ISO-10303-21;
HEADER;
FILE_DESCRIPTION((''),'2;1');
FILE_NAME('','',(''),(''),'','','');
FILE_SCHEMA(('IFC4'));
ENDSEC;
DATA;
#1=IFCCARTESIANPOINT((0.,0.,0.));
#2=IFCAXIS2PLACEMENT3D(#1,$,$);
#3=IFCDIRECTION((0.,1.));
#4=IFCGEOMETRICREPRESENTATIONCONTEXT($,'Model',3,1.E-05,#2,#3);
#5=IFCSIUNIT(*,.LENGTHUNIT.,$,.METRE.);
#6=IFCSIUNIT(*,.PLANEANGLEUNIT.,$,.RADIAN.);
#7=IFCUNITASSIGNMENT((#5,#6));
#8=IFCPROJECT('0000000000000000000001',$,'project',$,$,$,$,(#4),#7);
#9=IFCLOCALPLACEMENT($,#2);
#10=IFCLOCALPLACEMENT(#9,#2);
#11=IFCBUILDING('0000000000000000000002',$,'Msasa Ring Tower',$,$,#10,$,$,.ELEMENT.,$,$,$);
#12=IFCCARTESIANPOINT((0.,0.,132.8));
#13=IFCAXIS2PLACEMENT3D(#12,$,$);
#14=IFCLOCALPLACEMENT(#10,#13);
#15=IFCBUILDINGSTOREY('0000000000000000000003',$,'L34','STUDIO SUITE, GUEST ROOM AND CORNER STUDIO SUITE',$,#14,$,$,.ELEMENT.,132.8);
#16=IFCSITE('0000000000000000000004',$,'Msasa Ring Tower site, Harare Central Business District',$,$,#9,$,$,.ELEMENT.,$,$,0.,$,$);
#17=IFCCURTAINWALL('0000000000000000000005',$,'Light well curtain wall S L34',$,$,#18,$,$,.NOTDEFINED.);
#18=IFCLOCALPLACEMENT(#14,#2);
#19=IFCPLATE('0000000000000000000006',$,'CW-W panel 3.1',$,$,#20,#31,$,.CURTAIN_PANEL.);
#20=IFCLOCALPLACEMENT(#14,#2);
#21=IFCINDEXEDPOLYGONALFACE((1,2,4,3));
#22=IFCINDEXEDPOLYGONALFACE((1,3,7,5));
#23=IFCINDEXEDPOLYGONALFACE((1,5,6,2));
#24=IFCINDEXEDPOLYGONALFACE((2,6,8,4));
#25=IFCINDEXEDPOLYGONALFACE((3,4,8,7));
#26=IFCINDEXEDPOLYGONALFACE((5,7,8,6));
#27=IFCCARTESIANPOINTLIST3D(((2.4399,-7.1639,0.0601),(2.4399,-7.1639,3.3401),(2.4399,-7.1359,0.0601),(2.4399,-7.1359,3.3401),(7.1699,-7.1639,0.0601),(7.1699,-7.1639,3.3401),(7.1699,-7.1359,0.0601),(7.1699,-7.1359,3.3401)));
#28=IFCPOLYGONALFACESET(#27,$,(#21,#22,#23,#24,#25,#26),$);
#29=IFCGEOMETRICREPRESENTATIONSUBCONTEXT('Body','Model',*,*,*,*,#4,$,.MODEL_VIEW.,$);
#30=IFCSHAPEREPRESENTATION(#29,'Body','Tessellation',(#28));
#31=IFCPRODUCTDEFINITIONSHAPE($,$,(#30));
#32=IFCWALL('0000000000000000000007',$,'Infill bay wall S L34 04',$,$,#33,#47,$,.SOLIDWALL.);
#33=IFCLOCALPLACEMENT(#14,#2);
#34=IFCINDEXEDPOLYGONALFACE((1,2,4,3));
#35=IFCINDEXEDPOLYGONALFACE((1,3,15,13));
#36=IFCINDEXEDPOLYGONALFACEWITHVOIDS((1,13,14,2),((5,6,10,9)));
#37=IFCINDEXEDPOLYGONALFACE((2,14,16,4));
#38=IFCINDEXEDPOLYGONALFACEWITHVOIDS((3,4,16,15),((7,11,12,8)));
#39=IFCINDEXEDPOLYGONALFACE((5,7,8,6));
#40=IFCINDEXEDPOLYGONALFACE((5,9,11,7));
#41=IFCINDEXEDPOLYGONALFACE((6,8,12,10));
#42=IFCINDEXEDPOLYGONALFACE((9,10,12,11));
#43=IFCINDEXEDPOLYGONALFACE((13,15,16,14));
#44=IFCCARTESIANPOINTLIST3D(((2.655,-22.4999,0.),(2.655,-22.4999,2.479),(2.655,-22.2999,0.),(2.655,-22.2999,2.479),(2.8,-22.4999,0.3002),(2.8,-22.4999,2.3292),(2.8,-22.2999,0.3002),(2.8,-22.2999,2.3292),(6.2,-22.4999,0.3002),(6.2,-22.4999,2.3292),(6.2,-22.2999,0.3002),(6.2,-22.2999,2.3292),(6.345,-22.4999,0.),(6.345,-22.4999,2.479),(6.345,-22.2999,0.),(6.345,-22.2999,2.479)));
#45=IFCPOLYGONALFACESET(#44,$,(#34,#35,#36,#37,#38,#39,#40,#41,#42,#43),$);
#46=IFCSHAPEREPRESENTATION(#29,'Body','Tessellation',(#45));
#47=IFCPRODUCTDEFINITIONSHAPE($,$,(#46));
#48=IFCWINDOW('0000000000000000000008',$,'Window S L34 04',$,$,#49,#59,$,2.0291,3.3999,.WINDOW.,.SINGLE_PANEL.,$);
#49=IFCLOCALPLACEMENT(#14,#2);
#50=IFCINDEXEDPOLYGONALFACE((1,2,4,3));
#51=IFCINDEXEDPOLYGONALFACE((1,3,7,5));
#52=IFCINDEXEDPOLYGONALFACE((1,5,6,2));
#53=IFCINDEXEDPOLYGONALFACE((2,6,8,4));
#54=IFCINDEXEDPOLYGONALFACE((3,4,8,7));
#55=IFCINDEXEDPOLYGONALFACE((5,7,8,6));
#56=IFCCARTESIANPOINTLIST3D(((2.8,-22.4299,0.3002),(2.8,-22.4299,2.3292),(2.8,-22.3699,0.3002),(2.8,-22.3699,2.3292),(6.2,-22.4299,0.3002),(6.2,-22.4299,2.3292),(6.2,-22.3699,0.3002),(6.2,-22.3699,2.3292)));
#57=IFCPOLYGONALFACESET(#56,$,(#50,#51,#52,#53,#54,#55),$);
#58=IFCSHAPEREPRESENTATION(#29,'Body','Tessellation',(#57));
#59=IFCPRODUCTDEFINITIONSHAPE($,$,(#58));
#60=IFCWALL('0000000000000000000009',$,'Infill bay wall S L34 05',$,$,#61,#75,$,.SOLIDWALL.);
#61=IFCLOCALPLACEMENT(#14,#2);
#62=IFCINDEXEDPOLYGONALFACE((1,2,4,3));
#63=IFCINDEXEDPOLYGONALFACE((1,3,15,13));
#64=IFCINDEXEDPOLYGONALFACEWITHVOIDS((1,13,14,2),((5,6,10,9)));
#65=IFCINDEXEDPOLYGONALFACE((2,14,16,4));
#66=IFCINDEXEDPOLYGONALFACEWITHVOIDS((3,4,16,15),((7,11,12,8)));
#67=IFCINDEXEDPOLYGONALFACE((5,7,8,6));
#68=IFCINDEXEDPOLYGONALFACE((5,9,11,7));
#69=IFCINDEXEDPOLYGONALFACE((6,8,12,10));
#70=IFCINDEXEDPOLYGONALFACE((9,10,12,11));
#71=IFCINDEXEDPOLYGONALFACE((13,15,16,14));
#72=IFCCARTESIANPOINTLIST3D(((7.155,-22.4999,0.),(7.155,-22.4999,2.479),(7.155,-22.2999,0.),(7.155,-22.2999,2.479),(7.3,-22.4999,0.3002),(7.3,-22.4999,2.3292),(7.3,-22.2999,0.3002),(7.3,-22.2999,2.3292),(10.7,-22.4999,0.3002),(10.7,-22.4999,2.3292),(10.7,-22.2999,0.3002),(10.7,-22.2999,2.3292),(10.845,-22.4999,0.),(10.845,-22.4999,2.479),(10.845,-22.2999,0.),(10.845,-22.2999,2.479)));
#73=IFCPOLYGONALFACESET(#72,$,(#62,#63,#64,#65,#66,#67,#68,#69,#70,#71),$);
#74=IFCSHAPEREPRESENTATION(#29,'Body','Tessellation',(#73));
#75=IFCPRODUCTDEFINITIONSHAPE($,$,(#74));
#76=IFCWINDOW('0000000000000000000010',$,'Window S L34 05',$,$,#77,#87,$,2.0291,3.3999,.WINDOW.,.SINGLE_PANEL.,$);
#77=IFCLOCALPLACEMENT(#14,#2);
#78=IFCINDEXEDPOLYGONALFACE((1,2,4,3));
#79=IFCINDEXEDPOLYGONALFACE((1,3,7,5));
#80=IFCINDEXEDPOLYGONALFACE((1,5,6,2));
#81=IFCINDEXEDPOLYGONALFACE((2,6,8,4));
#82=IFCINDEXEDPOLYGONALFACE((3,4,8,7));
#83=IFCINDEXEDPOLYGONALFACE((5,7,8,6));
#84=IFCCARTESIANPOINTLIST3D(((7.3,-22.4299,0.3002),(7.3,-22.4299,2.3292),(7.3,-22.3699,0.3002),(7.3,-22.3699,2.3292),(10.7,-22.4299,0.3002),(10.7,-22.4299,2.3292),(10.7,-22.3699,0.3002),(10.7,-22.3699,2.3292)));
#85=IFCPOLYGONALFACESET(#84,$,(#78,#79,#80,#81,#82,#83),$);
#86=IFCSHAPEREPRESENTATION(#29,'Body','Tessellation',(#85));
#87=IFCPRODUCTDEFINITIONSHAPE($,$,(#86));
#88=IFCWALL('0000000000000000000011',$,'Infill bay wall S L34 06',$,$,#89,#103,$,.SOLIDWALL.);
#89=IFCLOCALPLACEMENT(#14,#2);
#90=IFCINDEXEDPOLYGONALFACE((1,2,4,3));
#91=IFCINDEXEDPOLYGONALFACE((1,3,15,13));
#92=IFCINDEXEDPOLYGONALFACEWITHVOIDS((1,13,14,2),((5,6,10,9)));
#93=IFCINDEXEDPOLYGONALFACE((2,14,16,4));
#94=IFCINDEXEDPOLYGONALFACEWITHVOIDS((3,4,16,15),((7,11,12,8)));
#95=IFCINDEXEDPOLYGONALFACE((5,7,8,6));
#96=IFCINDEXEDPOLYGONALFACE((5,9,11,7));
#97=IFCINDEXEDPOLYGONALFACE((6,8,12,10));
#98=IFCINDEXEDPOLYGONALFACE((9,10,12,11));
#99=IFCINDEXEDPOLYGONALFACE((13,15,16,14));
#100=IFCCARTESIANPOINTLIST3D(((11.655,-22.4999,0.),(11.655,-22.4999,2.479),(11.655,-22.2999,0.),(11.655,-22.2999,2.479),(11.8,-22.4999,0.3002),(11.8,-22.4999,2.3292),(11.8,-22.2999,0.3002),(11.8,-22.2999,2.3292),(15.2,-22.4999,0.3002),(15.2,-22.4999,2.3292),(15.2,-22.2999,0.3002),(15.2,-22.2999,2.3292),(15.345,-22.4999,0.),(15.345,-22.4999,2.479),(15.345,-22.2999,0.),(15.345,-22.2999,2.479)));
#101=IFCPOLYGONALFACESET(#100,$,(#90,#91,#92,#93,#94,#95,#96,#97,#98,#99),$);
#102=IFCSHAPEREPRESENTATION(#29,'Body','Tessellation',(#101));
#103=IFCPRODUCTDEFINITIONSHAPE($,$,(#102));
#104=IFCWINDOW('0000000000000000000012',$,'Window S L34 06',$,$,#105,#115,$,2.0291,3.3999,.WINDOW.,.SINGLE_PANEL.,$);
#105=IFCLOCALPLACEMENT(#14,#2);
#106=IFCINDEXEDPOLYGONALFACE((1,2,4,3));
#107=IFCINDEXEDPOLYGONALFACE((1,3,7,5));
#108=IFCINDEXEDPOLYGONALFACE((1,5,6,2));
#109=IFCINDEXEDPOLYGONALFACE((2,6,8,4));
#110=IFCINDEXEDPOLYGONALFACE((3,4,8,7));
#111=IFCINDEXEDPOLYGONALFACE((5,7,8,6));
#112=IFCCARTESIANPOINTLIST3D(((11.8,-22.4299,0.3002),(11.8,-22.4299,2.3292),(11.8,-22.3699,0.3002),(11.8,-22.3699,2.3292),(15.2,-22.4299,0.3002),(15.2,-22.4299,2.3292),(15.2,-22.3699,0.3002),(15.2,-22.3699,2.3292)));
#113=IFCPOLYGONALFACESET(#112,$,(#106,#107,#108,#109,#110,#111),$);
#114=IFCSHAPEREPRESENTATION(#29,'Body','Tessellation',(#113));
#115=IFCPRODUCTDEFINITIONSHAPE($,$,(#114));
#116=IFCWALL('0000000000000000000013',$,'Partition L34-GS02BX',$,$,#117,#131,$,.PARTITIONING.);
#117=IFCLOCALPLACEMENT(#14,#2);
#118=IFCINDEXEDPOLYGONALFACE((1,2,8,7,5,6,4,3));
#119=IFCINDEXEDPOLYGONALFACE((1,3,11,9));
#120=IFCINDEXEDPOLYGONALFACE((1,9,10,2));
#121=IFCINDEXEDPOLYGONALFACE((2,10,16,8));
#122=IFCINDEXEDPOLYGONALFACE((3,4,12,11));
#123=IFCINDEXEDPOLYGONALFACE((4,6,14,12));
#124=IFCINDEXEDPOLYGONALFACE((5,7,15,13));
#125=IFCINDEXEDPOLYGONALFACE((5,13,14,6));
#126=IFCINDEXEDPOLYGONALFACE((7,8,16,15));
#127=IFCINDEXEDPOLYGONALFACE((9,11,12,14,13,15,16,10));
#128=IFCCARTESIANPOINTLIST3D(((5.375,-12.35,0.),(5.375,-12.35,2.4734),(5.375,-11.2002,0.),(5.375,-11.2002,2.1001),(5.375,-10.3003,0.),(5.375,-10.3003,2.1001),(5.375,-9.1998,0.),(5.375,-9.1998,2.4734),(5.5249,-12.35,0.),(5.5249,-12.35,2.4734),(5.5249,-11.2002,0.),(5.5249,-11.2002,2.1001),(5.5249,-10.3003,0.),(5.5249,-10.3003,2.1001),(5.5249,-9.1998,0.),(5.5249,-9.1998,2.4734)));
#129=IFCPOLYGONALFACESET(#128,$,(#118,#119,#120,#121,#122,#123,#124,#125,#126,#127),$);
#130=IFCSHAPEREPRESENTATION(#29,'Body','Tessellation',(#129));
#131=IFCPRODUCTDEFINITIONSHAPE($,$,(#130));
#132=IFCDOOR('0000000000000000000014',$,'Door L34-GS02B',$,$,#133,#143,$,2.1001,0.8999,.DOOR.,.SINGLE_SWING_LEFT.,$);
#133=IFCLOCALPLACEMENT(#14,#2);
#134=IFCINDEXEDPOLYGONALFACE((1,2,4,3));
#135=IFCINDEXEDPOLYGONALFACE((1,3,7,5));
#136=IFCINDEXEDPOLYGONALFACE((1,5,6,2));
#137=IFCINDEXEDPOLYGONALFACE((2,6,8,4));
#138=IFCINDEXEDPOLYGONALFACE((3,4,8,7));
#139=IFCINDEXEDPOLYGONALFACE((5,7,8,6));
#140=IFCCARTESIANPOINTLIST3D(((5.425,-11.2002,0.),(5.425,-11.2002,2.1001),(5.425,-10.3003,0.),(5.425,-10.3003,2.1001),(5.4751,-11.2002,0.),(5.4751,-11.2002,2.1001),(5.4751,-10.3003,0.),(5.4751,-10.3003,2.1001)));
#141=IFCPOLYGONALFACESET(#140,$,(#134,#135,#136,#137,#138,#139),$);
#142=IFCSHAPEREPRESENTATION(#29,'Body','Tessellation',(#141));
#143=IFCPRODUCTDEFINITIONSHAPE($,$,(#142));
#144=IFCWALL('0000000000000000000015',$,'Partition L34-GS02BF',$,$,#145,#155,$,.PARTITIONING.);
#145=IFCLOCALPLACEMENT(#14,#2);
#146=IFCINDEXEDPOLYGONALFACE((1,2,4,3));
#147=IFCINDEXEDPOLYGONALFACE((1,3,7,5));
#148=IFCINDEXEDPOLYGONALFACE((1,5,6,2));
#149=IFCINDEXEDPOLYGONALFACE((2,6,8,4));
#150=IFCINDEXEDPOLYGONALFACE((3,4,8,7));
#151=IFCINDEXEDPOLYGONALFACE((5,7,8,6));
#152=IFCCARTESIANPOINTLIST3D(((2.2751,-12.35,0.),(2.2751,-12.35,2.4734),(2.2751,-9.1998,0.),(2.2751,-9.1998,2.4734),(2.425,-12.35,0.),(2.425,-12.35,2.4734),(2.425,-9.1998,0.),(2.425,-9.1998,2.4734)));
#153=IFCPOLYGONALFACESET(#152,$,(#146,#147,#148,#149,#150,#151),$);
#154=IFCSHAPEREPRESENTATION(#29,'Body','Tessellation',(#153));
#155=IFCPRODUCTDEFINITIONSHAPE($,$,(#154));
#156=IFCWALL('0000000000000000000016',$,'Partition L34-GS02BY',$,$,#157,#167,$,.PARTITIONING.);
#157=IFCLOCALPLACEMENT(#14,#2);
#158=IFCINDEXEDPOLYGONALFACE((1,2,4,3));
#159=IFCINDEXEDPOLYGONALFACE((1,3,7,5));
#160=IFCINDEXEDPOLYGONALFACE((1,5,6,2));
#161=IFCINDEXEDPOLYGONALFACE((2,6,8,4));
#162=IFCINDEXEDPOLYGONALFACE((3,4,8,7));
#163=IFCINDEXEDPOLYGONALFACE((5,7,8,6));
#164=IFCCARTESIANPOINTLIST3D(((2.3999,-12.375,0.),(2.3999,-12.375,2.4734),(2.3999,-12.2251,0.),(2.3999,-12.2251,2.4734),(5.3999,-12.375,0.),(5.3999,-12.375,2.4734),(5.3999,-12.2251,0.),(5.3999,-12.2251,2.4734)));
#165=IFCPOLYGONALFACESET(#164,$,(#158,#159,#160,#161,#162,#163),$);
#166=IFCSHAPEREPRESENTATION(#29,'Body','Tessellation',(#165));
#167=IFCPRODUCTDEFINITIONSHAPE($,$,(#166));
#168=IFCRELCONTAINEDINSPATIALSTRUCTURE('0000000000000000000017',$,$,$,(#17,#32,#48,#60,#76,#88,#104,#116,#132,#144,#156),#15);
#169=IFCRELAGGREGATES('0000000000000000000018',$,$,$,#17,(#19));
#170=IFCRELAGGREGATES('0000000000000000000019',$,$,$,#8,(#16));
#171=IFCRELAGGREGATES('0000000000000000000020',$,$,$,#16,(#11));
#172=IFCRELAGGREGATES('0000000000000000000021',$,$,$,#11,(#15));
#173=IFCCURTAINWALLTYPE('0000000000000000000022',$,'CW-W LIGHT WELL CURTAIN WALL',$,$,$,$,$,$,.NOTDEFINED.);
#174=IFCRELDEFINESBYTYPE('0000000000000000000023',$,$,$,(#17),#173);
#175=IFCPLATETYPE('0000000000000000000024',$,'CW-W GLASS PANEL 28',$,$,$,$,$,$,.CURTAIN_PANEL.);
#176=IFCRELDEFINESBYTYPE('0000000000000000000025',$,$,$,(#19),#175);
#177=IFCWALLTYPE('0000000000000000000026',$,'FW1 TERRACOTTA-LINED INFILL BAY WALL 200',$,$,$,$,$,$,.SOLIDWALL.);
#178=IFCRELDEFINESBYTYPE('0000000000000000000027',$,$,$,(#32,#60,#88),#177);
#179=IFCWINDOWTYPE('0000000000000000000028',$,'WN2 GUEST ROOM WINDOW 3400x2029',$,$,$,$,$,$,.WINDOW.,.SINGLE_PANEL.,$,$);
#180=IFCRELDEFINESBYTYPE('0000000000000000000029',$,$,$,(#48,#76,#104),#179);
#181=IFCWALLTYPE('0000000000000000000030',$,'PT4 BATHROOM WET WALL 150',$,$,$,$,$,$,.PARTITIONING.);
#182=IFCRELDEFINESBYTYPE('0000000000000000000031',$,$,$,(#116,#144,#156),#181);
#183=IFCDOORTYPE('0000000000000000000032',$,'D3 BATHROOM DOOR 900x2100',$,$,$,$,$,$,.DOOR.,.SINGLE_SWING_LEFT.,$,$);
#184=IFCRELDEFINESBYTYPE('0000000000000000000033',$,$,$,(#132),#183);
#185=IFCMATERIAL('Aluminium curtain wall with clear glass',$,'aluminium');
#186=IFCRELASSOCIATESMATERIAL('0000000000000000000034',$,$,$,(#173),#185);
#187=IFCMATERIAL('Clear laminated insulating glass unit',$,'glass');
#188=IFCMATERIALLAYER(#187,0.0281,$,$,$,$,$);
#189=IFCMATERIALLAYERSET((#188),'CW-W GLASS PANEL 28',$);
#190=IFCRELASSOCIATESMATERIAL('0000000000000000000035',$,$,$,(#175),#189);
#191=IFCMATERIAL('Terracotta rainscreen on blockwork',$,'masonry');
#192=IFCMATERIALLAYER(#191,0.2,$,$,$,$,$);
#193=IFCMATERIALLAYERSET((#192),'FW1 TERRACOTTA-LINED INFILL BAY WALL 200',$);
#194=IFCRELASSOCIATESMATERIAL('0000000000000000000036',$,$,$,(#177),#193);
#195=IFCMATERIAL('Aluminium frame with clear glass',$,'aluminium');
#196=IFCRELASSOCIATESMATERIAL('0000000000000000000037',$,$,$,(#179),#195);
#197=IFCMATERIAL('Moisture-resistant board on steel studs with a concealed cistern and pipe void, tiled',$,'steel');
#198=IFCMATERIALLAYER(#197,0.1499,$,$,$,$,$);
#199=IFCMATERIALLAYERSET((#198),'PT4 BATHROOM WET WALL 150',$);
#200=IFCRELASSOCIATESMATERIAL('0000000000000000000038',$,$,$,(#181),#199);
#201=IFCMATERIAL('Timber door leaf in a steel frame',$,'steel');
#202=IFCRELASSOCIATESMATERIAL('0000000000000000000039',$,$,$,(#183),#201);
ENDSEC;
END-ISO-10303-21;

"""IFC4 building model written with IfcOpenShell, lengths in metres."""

from ifc_helpers import new_model, si_unit, direction, frame, frame_2d, origin, origin_2d, place, context, subcontext, project, spatial, rectangle, extrude, material, layer, layer_set, type_object, element, fill, aggregate, save


model = new_model("IFC4")

# Units and contexts
model_context = context("Model", 3, precision=1e-05, world=origin(), true_north=direction((0.0, 1.0)))
body_context = subcontext(model_context, "Body", "Model", "MODEL_VIEW")
ifc_project = project(units=[si_unit("LENGTHUNIT", "METRE"), si_unit("PLANEANGLEUNIT", "RADIAN")], contexts=[model_context])

# Site, building, storey
site_placement = place(None, origin())
site = spatial("IfcSite", under=ifc_project, at=site_placement, Name="Msasa Ring Tower site, Harare Central Business District", CompositionType="ELEMENT", RefElevation=0.0)
building_placement = place(site_placement, origin())
building = spatial("IfcBuilding", under=site, at=building_placement, Name="Msasa Ring Tower", CompositionType="ELEMENT")
storey_placement = place(building_placement, frame((0.0, 0.0, 132.8)))
storey = spatial("IfcBuildingStorey", under=building, at=storey_placement, Name="L34", Description="STUDIO SUITE, GUEST ROOM AND CORNER STUDIO SUITE", CompositionType="ELEMENT", Elevation=132.8)

# Curtain wall
ifc_material_1 = material(Name="Aluminium curtain wall with clear glass", Category="aluminium")
curtain_wall_type = type_object("IfcCurtainWallType", Name="CW-W LIGHT WELL CURTAIN WALL", PredefinedType="NOTDEFINED", material=ifc_material_1)
curtain_wall_placement = place(storey_placement, origin())
curtain_wall = element("IfcCurtainWall", 1, at=curtain_wall_placement, inside=storey, type_object=curtain_wall_type, Name="Light well curtain wall S L34", PredefinedType="NOTDEFINED")

# Plate
ifc_material_2 = material(Name="Clear laminated insulating glass unit", Category="glass")
ifc_layer_1 = layer(ifc_material_2, 0.0281)
ifc_layer_set_1 = layer_set([ifc_layer_1], Name="CW-W GLASS PANEL 28")
plate_type = type_object("IfcPlateType", Name="CW-W GLASS PANEL 28", PredefinedType="CURTAIN_PANEL", material=ifc_layer_set_1)
plate_placement = place(storey_placement, frame((4.8049, -7.1499, 0.0601), z_axis=(0.0, 0.0, 1.0), x_axis=(1.0, 0.0, 0.0)))
plate = element("IfcPlate", 2, at=plate_placement, type_object=plate_type, Name="CW-W panel 3.1", PredefinedType="CURTAIN_PANEL", context=body_context, shape_type="SweptSolid", body=[
    extrude(rectangle(XDim=4.73, YDim=0.0281, at=origin_2d()), origin(), (0.0, 0.0, 1.0), 3.28),
])
aggregate(curtain_wall, [plate])

# Walls, openings, windows
ifc_material_3 = material(Name="Terracotta rainscreen on blockwork", Category="masonry")
ifc_layer_2 = layer(ifc_material_3, 0.2)
ifc_layer_set_2 = layer_set([ifc_layer_2], Name="FW1 TERRACOTTA-LINED INFILL BAY WALL 200")
wall_type_1 = type_object("IfcWallType", Name="FW1 TERRACOTTA-LINED INFILL BAY WALL 200", PredefinedType="SOLIDWALL", material=ifc_layer_set_2)
wall_1_placement = place(storey_placement, frame((2.655, -22.3999, 0.0), z_axis=(0.0, 0.0, 1.0), x_axis=(1.0, 0.0, 0.0)))
wall_1 = element("IfcWall", 3, at=wall_1_placement, inside=storey, type_object=wall_type_1, Name="Infill bay wall S L34 04", PredefinedType="SOLIDWALL", context=body_context, shape_type="SweptSolid", body=[
    extrude(rectangle(XDim=3.6899, YDim=0.2, at=frame_2d((1.845, 0.0))), origin(), (0.0, 0.0, 1.0), 2.479),
])
opening_1_placement = place(wall_1_placement, frame((0.145, 0.0, 0.3)))
opening_1 = element("IfcOpeningElement", 4, at=opening_1_placement, cuts=wall_1, PredefinedType="OPENING", context=body_context, shape_type="SweptSolid", body=[
    extrude(rectangle(XDim=3.3999, YDim=2.0291, at=frame_2d((1.7, 1.0146))), frame((0.0, 0.1099, 0.0), z_axis=(0.0, -1.0, 0.0), x_axis=(1.0, 0.0, 0.0)), (0.0, 0.0, 1.0), 0.22),
])
ifc_material_4 = material(Name="Aluminium frame with clear glass", Category="aluminium")
window_type = type_object("IfcWindowType", Name="WN2 GUEST ROOM WINDOW 3400x2029", PartitioningType="SINGLE_PANEL", PredefinedType="WINDOW", material=ifc_material_4)
window_1_placement = place(opening_1_placement, origin())
window_1 = element("IfcWindow", 5, at=window_1_placement, inside=storey, type_object=window_type, Name="Window S L34 04", OverallHeight=2.0291, OverallWidth=3.3999, PartitioningType="SINGLE_PANEL", PredefinedType="WINDOW", context=body_context, shape_type="SweptSolid", body=[
    extrude(rectangle(XDim=3.3999, YDim=2.0291, at=frame_2d((1.7, 1.0146))), frame((0.0, 0.03, 0.0), z_axis=(0.0, -1.0, 0.0), x_axis=(1.0, 0.0, 0.0)), (0.0, 0.0, 1.0), 0.0601),
])
fill(opening_1, window_1)
wall_2_placement = place(storey_placement, frame((7.155, -22.3999, 0.0), z_axis=(0.0, 0.0, 1.0), x_axis=(1.0, 0.0, 0.0)))
wall_2 = element("IfcWall", 6, at=wall_2_placement, inside=storey, type_object=wall_type_1, Name="Infill bay wall S L34 05", PredefinedType="SOLIDWALL", context=body_context, shape_type="SweptSolid", body=[
    extrude(rectangle(XDim=3.6899, YDim=0.2, at=frame_2d((1.845, 0.0))), origin(), (0.0, 0.0, 1.0), 2.479),
])
opening_2_placement = place(wall_2_placement, frame((0.145, 0.0, 0.3)))
opening_2 = element("IfcOpeningElement", 7, at=opening_2_placement, cuts=wall_2, PredefinedType="OPENING", context=body_context, shape_type="SweptSolid", body=[
    extrude(rectangle(XDim=3.3999, YDim=2.0291, at=frame_2d((1.7, 1.0146))), frame((0.0, 0.1099, 0.0), z_axis=(0.0, -1.0, 0.0), x_axis=(1.0, 0.0, 0.0)), (0.0, 0.0, 1.0), 0.22),
])
window_2_placement = place(opening_2_placement, origin())
window_2 = element("IfcWindow", 8, at=window_2_placement, inside=storey, type_object=window_type, Name="Window S L34 05", OverallHeight=2.0291, OverallWidth=3.3999, PartitioningType="SINGLE_PANEL", PredefinedType="WINDOW", context=body_context, shape_type="SweptSolid", body=[
    extrude(rectangle(XDim=3.3999, YDim=2.0291, at=frame_2d((1.7, 1.0146))), frame((0.0, 0.03, 0.0), z_axis=(0.0, -1.0, 0.0), x_axis=(1.0, 0.0, 0.0)), (0.0, 0.0, 1.0), 0.0601),
])
fill(opening_2, window_2)
wall_3_placement = place(storey_placement, frame((11.655, -22.3999, 0.0), z_axis=(0.0, 0.0, 1.0), x_axis=(1.0, 0.0, 0.0)))
wall_3 = element("IfcWall", 9, at=wall_3_placement, inside=storey, type_object=wall_type_1, Name="Infill bay wall S L34 06", PredefinedType="SOLIDWALL", context=body_context, shape_type="SweptSolid", body=[
    extrude(rectangle(XDim=3.6899, YDim=0.2, at=frame_2d((1.845, 0.0))), origin(), (0.0, 0.0, 1.0), 2.479),
])
opening_3_placement = place(wall_3_placement, frame((0.145, 0.0, 0.3)))
opening_3 = element("IfcOpeningElement", 10, at=opening_3_placement, cuts=wall_3, PredefinedType="OPENING", context=body_context, shape_type="SweptSolid", body=[
    extrude(rectangle(XDim=3.3999, YDim=2.0291, at=frame_2d((1.7, 1.0146))), frame((0.0, 0.1099, 0.0), z_axis=(0.0, -1.0, 0.0), x_axis=(1.0, 0.0, 0.0)), (0.0, 0.0, 1.0), 0.22),
])
window_3_placement = place(opening_3_placement, origin())
window_3 = element("IfcWindow", 11, at=window_3_placement, inside=storey, type_object=window_type, Name="Window S L34 06", OverallHeight=2.0291, OverallWidth=3.3999, PartitioningType="SINGLE_PANEL", PredefinedType="WINDOW", context=body_context, shape_type="SweptSolid", body=[
    extrude(rectangle(XDim=3.3999, YDim=2.0291, at=frame_2d((1.7, 1.0146))), frame((0.0, 0.03, 0.0), z_axis=(0.0, -1.0, 0.0), x_axis=(1.0, 0.0, 0.0)), (0.0, 0.0, 1.0), 0.0601),
])
fill(opening_3, window_3)

# Wall, opening, door
ifc_material_5 = material(Name="Moisture-resistant board on steel studs with a concealed cistern and pipe void, tiled", Category="steel")
ifc_layer_3 = layer(ifc_material_5, 0.1499)
ifc_layer_set_3 = layer_set([ifc_layer_3], Name="PT4 BATHROOM WET WALL 150")
wall_type_2 = type_object("IfcWallType", Name="PT4 BATHROOM WET WALL 150", PredefinedType="PARTITIONING", material=ifc_layer_set_3)
wall_4_placement = place(storey_placement, frame((5.45, -12.3501, 0.0), z_axis=(0.0, 0.0, 1.0), x_axis=(0.0, 1.0, 0.0)))
wall_4 = element("IfcWall", 12, at=wall_4_placement, inside=storey, type_object=wall_type_2, Name="Partition L34-GS02BX", PredefinedType="PARTITIONING", context=body_context, shape_type="SweptSolid", body=[
    extrude(rectangle(XDim=3.1501, YDim=0.1499, at=frame_2d((1.5752, 0.0))), origin(), (0.0, 0.0, 1.0), 2.4734),
])
opening_4_placement = place(wall_4_placement, frame((1.1499, 0.0, 0.0)))
opening_4 = element("IfcOpeningElement", 13, at=opening_4_placement, cuts=wall_4, PredefinedType="OPENING", context=body_context, shape_type="SweptSolid", body=[
    extrude(rectangle(XDim=0.8999, YDim=2.1001, at=frame_2d((0.45, 1.05))), frame((0.0, 0.085, 0.0), z_axis=(0.0, -1.0, 0.0), x_axis=(1.0, 0.0, 0.0)), (0.0, 0.0, 1.0), 0.1699),
])
ifc_material_6 = material(Name="Timber door leaf in a steel frame", Category="steel")
door_type = type_object("IfcDoorType", Name="D3 BATHROOM DOOR 900x2100", OperationType="SINGLE_SWING_LEFT", PredefinedType="DOOR", material=ifc_material_6)
door_1_placement = place(opening_4_placement, origin())
door_1 = element("IfcDoor", 14, at=door_1_placement, inside=storey, type_object=door_type, Name="Door L34-GS02B", OperationType="SINGLE_SWING_LEFT", OverallHeight=2.1001, OverallWidth=0.8999, PredefinedType="DOOR", context=body_context, shape_type="SweptSolid", body=[
    extrude(rectangle(XDim=0.8999, YDim=2.1001, at=frame_2d((0.45, 1.05))), frame((0.0, 0.0249, 0.0), z_axis=(0.0, -1.0, 0.0), x_axis=(1.0, 0.0, 0.0)), (0.0, 0.0, 1.0), 0.05),
])
fill(opening_4, door_1)

# Walls
wall_5_placement = place(storey_placement, frame((2.3501, -12.3501, 0.0), z_axis=(0.0, 0.0, 1.0), x_axis=(0.0, 1.0, 0.0)))
element("IfcWall", 15, at=wall_5_placement, inside=storey, type_object=wall_type_2, Name="Partition L34-GS02BF", PredefinedType="PARTITIONING", context=body_context, shape_type="SweptSolid", body=[
    extrude(rectangle(XDim=3.1501, YDim=0.1499, at=frame_2d((1.5752, 0.0))), origin(), (0.0, 0.0, 1.0), 2.4734),
])
wall_6_placement = place(storey_placement, frame((2.3999, -12.3, 0.0), z_axis=(0.0, 0.0, 1.0), x_axis=(1.0, 0.0, 0.0)))
element("IfcWall", 16, at=wall_6_placement, inside=storey, type_object=wall_type_2, Name="Partition L34-GS02BY", PredefinedType="PARTITIONING", context=body_context, shape_type="SweptSolid", body=[
    extrude(rectangle(XDim=3.0, YDim=0.1499, at=frame_2d((1.5, 0.0))), origin(), (0.0, 0.0, 1.0), 2.4734),
])

save(model, "model.ifc")
